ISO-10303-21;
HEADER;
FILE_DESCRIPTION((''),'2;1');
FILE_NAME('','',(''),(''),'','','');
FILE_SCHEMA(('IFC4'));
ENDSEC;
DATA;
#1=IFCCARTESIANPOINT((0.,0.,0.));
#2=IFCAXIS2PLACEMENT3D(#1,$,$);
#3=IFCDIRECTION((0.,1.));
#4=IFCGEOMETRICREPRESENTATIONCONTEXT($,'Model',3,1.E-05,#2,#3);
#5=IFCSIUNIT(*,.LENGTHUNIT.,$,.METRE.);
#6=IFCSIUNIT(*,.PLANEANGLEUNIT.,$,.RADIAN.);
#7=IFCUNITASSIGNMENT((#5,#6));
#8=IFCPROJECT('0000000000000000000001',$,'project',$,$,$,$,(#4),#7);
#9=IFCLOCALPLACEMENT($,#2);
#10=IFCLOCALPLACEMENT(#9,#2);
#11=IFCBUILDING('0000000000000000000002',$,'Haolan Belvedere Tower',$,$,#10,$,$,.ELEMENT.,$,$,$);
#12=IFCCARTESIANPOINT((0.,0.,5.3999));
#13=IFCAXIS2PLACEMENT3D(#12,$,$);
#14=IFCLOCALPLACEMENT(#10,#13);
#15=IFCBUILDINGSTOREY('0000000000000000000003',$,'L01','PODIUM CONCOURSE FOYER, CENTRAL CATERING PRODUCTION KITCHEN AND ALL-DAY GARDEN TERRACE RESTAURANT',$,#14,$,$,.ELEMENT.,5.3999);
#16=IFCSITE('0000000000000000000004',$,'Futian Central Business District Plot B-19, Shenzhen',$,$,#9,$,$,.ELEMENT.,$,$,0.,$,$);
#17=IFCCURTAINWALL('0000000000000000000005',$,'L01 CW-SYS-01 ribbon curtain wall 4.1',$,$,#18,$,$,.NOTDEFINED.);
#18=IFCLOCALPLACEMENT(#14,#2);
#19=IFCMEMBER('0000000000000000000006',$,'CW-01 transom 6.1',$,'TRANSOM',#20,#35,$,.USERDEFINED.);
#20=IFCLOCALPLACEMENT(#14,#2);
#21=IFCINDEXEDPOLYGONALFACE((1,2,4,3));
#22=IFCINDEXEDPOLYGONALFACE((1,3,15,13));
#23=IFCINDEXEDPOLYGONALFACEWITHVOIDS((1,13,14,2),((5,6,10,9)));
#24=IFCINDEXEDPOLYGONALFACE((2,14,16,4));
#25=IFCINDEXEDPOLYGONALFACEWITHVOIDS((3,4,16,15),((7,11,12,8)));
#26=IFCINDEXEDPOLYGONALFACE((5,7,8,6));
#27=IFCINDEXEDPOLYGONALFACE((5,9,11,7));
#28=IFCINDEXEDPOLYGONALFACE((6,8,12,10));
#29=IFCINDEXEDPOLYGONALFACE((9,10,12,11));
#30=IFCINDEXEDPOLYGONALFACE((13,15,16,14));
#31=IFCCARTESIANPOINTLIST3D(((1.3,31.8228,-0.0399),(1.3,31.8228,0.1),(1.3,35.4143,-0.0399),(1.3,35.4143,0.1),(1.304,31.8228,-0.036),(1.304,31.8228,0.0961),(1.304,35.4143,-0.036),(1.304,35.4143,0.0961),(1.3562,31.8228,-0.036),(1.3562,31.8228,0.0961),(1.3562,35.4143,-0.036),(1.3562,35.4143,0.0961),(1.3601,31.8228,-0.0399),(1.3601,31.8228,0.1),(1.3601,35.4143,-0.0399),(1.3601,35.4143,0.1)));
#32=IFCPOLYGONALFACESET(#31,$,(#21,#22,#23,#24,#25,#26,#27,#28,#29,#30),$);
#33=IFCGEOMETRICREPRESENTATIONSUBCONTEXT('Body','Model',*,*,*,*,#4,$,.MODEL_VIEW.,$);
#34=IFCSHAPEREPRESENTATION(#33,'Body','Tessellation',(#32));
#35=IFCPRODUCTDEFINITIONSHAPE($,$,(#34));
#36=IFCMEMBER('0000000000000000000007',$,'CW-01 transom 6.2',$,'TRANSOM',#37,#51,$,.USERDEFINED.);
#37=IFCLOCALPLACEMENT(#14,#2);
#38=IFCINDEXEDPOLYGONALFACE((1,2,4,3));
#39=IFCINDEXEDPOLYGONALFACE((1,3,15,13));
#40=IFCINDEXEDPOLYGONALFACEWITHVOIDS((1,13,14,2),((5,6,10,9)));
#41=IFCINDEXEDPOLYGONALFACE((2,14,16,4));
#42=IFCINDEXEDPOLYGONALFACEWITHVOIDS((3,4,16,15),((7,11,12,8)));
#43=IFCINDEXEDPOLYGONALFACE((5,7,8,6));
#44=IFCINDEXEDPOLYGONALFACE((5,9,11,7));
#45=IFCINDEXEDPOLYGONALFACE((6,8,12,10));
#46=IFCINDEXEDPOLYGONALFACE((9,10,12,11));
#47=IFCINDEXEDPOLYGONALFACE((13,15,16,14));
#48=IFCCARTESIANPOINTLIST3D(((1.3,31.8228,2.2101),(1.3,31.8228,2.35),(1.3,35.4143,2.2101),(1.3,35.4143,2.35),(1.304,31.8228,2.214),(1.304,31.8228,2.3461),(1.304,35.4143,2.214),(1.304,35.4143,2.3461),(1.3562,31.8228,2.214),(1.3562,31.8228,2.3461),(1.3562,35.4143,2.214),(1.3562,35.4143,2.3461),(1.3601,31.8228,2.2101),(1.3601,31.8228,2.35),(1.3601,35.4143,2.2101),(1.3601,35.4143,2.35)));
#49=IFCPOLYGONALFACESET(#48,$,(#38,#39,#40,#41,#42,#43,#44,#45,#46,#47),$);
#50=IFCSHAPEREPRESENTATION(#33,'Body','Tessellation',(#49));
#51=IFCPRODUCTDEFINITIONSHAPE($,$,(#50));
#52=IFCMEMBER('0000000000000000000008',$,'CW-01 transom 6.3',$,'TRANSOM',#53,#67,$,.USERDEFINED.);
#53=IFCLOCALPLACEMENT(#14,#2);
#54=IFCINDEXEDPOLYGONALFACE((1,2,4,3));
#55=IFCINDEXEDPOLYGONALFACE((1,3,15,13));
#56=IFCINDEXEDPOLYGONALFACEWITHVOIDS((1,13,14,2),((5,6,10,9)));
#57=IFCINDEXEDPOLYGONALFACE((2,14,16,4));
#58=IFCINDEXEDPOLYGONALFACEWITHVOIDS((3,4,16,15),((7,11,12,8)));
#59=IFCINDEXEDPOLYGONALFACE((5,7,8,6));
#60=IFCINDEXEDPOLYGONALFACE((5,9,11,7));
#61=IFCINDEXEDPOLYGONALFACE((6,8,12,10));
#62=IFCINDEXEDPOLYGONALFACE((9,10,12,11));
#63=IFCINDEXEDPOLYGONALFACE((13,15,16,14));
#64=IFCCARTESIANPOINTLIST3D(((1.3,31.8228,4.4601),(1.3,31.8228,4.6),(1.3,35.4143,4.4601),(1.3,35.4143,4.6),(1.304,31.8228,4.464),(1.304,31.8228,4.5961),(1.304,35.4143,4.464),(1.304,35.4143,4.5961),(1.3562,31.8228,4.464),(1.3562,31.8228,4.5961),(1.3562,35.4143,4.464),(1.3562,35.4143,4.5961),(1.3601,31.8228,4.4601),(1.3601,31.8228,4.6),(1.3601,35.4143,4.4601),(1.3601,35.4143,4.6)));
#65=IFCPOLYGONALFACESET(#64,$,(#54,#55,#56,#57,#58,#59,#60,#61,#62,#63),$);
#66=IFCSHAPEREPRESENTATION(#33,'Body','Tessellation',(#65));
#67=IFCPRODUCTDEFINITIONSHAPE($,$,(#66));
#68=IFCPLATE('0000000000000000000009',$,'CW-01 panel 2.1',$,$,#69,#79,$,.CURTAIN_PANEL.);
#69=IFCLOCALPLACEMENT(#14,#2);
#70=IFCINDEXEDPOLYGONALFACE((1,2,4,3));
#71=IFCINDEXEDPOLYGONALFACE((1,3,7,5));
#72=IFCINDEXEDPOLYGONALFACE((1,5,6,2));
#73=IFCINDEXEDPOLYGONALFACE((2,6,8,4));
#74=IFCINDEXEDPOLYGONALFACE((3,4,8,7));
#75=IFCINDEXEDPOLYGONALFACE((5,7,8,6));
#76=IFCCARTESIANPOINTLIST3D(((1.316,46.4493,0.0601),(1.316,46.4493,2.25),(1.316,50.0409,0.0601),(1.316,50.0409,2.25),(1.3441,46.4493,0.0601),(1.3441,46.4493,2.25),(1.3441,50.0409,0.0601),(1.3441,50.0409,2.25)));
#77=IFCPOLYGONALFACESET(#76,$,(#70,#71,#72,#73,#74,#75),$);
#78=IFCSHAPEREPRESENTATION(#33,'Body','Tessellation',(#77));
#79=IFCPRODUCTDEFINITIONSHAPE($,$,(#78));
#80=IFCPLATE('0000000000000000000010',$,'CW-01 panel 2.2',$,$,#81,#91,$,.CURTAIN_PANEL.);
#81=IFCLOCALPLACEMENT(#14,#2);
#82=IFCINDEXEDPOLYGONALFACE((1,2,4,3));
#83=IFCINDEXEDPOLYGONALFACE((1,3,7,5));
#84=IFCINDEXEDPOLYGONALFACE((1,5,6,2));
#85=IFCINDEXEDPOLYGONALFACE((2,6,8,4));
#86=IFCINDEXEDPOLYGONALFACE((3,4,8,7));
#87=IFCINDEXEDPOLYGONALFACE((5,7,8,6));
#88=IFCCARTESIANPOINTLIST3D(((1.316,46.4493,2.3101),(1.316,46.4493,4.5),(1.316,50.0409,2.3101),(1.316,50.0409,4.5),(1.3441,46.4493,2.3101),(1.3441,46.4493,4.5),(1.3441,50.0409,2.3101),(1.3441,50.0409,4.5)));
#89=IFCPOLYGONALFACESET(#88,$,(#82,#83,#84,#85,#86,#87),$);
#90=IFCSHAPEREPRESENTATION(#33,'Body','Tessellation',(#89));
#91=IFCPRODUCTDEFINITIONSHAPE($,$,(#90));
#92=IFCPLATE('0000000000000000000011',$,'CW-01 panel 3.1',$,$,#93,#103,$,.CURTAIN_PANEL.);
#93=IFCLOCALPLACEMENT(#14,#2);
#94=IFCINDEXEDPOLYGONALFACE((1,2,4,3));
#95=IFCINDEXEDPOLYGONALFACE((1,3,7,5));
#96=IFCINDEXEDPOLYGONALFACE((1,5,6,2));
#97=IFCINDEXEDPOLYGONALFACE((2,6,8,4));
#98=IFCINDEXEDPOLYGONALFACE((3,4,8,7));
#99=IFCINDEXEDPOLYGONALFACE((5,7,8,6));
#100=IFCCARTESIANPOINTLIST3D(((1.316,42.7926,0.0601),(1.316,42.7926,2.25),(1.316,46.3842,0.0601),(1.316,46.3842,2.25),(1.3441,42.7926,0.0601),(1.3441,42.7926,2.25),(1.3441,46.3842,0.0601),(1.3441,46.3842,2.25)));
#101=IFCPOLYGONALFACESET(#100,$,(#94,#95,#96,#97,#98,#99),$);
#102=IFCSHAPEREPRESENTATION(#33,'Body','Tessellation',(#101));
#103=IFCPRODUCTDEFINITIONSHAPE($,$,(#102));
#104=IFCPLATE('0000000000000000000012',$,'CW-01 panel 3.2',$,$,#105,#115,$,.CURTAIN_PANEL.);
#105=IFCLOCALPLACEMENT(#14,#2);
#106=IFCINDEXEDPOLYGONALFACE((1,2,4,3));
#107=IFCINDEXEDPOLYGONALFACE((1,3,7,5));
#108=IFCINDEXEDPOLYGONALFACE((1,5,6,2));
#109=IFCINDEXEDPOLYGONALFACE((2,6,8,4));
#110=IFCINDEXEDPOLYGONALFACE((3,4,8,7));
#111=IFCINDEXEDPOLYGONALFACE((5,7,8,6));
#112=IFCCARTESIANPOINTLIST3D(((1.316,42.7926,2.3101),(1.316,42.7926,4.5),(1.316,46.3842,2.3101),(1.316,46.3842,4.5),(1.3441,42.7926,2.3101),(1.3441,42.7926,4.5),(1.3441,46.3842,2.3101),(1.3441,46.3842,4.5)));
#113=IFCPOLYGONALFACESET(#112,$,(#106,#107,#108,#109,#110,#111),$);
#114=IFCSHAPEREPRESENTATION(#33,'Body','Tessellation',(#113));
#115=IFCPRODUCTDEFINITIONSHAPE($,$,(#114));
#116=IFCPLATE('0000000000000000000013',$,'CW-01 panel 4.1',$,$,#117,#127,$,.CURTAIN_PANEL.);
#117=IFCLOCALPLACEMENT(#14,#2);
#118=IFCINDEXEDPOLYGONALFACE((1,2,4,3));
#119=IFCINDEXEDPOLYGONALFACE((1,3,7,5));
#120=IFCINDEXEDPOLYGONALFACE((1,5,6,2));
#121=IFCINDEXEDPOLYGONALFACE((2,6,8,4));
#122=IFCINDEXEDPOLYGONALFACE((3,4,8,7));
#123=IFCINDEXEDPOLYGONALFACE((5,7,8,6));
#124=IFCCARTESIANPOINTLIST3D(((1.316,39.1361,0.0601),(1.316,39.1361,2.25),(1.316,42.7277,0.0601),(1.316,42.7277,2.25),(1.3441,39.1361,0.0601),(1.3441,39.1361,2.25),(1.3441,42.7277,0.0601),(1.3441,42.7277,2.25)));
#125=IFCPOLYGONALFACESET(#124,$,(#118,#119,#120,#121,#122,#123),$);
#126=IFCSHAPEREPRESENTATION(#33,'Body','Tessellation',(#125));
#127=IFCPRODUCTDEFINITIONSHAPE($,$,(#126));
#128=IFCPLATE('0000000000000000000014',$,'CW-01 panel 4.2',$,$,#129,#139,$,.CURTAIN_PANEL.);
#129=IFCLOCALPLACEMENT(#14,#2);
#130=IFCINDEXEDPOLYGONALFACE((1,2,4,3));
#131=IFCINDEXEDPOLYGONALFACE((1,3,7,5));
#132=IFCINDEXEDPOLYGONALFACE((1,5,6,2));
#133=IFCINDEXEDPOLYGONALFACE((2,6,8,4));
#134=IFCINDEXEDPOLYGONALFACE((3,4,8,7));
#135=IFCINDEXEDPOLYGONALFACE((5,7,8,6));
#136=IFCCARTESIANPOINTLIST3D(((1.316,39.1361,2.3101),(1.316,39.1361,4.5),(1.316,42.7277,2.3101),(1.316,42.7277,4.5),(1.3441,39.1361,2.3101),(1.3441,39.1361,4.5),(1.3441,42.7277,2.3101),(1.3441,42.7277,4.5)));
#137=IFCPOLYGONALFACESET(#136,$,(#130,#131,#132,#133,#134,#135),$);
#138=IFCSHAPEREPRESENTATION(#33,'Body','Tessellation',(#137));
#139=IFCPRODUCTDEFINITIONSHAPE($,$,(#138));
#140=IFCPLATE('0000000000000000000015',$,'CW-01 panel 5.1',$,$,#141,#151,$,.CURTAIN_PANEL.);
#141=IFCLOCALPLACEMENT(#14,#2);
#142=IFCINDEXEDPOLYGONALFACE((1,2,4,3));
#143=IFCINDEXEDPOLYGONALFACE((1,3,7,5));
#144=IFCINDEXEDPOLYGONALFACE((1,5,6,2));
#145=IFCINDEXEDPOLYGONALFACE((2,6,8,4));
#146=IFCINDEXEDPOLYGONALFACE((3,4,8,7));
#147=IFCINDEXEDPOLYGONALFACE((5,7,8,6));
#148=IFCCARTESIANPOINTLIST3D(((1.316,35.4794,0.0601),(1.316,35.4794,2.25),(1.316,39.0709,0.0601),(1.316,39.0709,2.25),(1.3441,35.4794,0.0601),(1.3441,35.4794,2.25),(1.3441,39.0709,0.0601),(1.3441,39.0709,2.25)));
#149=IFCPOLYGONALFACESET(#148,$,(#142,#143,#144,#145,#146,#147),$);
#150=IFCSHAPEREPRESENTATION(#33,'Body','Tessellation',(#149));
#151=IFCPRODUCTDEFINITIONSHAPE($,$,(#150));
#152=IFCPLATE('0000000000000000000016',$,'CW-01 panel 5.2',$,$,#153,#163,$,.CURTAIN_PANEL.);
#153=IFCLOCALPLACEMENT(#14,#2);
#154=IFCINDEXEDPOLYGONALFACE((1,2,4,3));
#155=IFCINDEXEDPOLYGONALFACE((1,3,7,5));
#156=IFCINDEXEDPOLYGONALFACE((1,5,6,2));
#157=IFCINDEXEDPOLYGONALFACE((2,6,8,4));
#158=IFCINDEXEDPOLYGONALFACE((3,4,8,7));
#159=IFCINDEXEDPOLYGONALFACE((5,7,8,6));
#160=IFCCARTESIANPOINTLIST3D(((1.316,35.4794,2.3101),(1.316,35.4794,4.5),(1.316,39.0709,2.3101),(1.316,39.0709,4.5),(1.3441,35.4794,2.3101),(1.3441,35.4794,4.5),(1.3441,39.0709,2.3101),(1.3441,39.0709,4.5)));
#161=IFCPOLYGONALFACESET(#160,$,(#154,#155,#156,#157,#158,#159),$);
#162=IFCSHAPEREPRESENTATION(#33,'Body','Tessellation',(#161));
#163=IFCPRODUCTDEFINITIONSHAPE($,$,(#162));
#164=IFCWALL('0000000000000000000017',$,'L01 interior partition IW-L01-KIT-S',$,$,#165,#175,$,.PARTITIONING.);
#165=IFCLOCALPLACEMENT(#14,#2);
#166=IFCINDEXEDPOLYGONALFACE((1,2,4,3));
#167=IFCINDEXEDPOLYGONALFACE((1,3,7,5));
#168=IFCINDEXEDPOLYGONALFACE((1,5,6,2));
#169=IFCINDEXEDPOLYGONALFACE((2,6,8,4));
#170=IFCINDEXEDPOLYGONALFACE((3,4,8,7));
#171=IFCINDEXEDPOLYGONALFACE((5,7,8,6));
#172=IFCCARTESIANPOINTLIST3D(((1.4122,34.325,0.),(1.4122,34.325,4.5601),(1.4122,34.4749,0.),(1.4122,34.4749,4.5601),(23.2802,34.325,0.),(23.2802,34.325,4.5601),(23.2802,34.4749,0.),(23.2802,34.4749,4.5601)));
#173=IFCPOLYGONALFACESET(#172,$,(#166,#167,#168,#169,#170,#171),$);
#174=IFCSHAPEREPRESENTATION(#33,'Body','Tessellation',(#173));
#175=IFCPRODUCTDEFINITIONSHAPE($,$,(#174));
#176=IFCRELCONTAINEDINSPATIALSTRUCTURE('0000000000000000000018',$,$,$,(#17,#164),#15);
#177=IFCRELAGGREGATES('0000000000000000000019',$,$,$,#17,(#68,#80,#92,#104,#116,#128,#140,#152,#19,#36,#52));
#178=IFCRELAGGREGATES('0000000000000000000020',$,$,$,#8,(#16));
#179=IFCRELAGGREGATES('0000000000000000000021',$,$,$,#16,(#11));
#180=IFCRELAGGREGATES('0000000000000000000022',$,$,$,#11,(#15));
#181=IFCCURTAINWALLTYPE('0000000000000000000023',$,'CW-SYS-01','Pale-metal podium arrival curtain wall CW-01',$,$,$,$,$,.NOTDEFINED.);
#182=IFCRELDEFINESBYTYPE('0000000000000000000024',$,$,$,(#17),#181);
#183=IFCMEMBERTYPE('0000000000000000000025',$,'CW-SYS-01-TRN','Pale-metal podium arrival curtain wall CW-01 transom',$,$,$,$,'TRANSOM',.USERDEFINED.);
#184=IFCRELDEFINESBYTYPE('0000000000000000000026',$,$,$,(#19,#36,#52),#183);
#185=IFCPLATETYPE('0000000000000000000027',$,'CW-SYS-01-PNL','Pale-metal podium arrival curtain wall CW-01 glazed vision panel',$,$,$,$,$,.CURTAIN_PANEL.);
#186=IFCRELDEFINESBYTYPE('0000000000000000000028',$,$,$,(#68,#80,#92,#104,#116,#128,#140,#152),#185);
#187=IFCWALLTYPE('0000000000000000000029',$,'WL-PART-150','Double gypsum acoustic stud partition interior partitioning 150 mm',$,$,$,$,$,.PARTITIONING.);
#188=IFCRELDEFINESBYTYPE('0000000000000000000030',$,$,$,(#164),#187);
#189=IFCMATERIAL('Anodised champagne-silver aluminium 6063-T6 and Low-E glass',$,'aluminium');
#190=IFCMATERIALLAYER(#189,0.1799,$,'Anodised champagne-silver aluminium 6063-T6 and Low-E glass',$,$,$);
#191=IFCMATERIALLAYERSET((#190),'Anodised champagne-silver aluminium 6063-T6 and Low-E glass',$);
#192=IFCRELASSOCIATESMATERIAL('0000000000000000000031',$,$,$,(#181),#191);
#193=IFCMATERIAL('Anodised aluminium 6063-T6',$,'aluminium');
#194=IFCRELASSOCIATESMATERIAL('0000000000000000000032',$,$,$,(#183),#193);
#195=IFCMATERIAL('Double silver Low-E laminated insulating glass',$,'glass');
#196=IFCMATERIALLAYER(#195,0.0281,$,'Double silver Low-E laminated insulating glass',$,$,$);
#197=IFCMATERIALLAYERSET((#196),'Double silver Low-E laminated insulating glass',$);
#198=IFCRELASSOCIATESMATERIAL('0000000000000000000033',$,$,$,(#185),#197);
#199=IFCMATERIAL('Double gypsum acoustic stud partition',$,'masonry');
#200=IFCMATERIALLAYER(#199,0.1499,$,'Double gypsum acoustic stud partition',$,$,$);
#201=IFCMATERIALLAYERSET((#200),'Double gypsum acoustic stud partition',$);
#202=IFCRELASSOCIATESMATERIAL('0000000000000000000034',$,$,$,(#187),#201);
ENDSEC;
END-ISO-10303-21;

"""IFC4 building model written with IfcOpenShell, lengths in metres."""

from ifc_helpers import new_model, si_unit, direction, frame, frame_2d, origin, origin_2d, place, context, subcontext, project, spatial, rectangle, hollow_rectangle, extrude, material, layer, layer_set, material_profile, profile_set, type_object, element, aggregate, save


model = new_model("IFC4")

# Units and contexts
model_context = context("Model", 3, precision=1e-05, world=origin(), true_north=direction((0.0, 1.0)))
body_context = subcontext(model_context, "Body", "Model", "MODEL_VIEW")
ifc_project = project(units=[si_unit("LENGTHUNIT", "METRE"), si_unit("PLANEANGLEUNIT", "RADIAN")], contexts=[model_context])

# Site, building, storey
site_placement = place(None, origin())
site = spatial("IfcSite", under=ifc_project, at=site_placement, Name="Futian Central Business District Plot B-19, Shenzhen", CompositionType="ELEMENT", RefElevation=0.0)
building_placement = place(site_placement, origin())
building = spatial("IfcBuilding", under=site, at=building_placement, Name="Haolan Belvedere Tower", CompositionType="ELEMENT")
storey_placement = place(building_placement, frame((0.0, 0.0, 5.3999)))
storey = spatial("IfcBuildingStorey", under=building, at=storey_placement, Name="L01", Description="PODIUM CONCOURSE FOYER, CENTRAL CATERING PRODUCTION KITCHEN AND ALL-DAY GARDEN TERRACE RESTAURANT", CompositionType="ELEMENT", Elevation=5.3999)

# Curtain wall, members, plates
ifc_material_1 = material(Name="Anodised champagne-silver aluminium 6063-T6 and Low-E glass", Category="aluminium")
ifc_layer_1 = layer(ifc_material_1, 0.1799, Name="Anodised champagne-silver aluminium 6063-T6 and Low-E glass")
ifc_layer_set_1 = layer_set([ifc_layer_1], Name="Anodised champagne-silver aluminium 6063-T6 and Low-E glass")
curtain_wall_type = type_object("IfcCurtainWallType", Name="CW-SYS-01", Description="Pale-metal podium arrival curtain wall CW-01", PredefinedType="NOTDEFINED", material=ifc_layer_set_1)
curtain_wall_placement = place(storey_placement, origin())
curtain_wall = element("IfcCurtainWall", 1, at=curtain_wall_placement, inside=storey, type_object=curtain_wall_type, Name="L01 CW-SYS-01 ribbon curtain wall 4.1", PredefinedType="NOTDEFINED")
ifc_material_2 = material(Name="Anodised aluminium 6063-T6", Category="aluminium")
ifc_material_profile_1 = material_profile(ifc_material_2, hollow_rectangle(XDim=0.0601, YDim=0.1399, WallThickness=0.0039, at=origin_2d()), Name="Anodised aluminium 6063-T6")
ifc_profile_set_1 = profile_set([ifc_material_profile_1], Name="Anodised aluminium 6063-T6")
member_type_1 = type_object("IfcMemberType", Name="CW-SYS-01-TRN", Description="Pale-metal podium arrival curtain wall CW-01 transom", ElementType="TRANSOM", PredefinedType="USERDEFINED", material=ifc_profile_set_1)
member_1_placement = place(storey_placement, frame((1.3301, 35.4143, 0.03), z_axis=(0.0, -1.0, 0.0), x_axis=(1.0, 0.0, 0.0)))
member_1 = element("IfcMember", 2, at=member_1_placement, type_object=member_type_1, Name="CW-01 transom 6.1", ObjectType="TRANSOM", PredefinedType="USERDEFINED", context=body_context, shape_type="SweptSolid", body=[
    extrude(hollow_rectangle(XDim=0.0601, YDim=0.1399, WallThickness=0.0039, at=origin_2d()), origin(), (0.0, 0.0, 1.0), 3.5916),
])
member_2_placement = place(storey_placement, frame((1.3301, 35.4143, 2.28), z_axis=(0.0, -1.0, 0.0), x_axis=(1.0, 0.0, 0.0)))
member_2 = element("IfcMember", 3, at=member_2_placement, type_object=member_type_1, Name="CW-01 transom 6.2", ObjectType="TRANSOM", PredefinedType="USERDEFINED", context=body_context, shape_type="SweptSolid", body=[
    extrude(hollow_rectangle(XDim=0.0601, YDim=0.1399, WallThickness=0.0039, at=origin_2d()), origin(), (0.0, 0.0, 1.0), 3.5916),
])
member_3_placement = place(storey_placement, frame((1.3301, 35.4143, 4.53), z_axis=(0.0, -1.0, 0.0), x_axis=(1.0, 0.0, 0.0)))
member_3 = element("IfcMember", 4, at=member_3_placement, type_object=member_type_1, Name="CW-01 transom 6.3", ObjectType="TRANSOM", PredefinedType="USERDEFINED", context=body_context, shape_type="SweptSolid", body=[
    extrude(hollow_rectangle(XDim=0.0601, YDim=0.1399, WallThickness=0.0039, at=origin_2d()), origin(), (0.0, 0.0, 1.0), 3.5916),
])
ifc_material_3 = material(Name="Double silver Low-E laminated insulating glass", Category="glass")
ifc_layer_2 = layer(ifc_material_3, 0.0281, Name="Double silver Low-E laminated insulating glass")
ifc_layer_set_2 = layer_set([ifc_layer_2], Name="Double silver Low-E laminated insulating glass")
plate_type = type_object("IfcPlateType", Name="CW-SYS-01-PNL", Description="Pale-metal podium arrival curtain wall CW-01 glazed vision panel", PredefinedType="CURTAIN_PANEL", material=ifc_layer_set_2)
plate_1_placement = place(storey_placement, frame((1.3301, 48.2451, 0.0601), z_axis=(0.0, 0.0, 1.0), x_axis=(0.0, -1.0, 0.0)))
plate_1 = element("IfcPlate", 5, at=plate_1_placement, type_object=plate_type, Name="CW-01 panel 2.1", PredefinedType="CURTAIN_PANEL", context=body_context, shape_type="SweptSolid", body=[
    extrude(rectangle(XDim=3.5916, YDim=0.0281, at=origin_2d()), origin(), (0.0, 0.0, 1.0), 2.1899),
])
plate_2_placement = place(storey_placement, frame((1.3301, 48.2451, 2.3101), z_axis=(0.0, 0.0, 1.0), x_axis=(0.0, -1.0, 0.0)))
plate_2 = element("IfcPlate", 6, at=plate_2_placement, type_object=plate_type, Name="CW-01 panel 2.2", PredefinedType="CURTAIN_PANEL", context=body_context, shape_type="SweptSolid", body=[
    extrude(rectangle(XDim=3.5916, YDim=0.0281, at=origin_2d()), origin(), (0.0, 0.0, 1.0), 2.1899),
])
plate_3_placement = place(storey_placement, frame((1.3301, 44.5884, 0.0601), z_axis=(0.0, 0.0, 1.0), x_axis=(0.0, -1.0, 0.0)))
plate_3 = element("IfcPlate", 7, at=plate_3_placement, type_object=plate_type, Name="CW-01 panel 3.1", PredefinedType="CURTAIN_PANEL", context=body_context, shape_type="SweptSolid", body=[
    extrude(rectangle(XDim=3.5916, YDim=0.0281, at=origin_2d()), origin(), (0.0, 0.0, 1.0), 2.1899),
])
plate_4_placement = place(storey_placement, frame((1.3301, 44.5884, 2.3101), z_axis=(0.0, 0.0, 1.0), x_axis=(0.0, -1.0, 0.0)))
plate_4 = element("IfcPlate", 8, at=plate_4_placement, type_object=plate_type, Name="CW-01 panel 3.2", PredefinedType="CURTAIN_PANEL", context=body_context, shape_type="SweptSolid", body=[
    extrude(rectangle(XDim=3.5916, YDim=0.0281, at=origin_2d()), origin(), (0.0, 0.0, 1.0), 2.1899),
])
plate_5_placement = place(storey_placement, frame((1.3301, 40.9319, 0.0601), z_axis=(0.0, 0.0, 1.0), x_axis=(0.0, -1.0, 0.0)))
plate_5 = element("IfcPlate", 9, at=plate_5_placement, type_object=plate_type, Name="CW-01 panel 4.1", PredefinedType="CURTAIN_PANEL", context=body_context, shape_type="SweptSolid", body=[
    extrude(rectangle(XDim=3.5916, YDim=0.0281, at=origin_2d()), origin(), (0.0, 0.0, 1.0), 2.1899),
])
plate_6_placement = place(storey_placement, frame((1.3301, 40.9319, 2.3101), z_axis=(0.0, 0.0, 1.0), x_axis=(0.0, -1.0, 0.0)))
plate_6 = element("IfcPlate", 10, at=plate_6_placement, type_object=plate_type, Name="CW-01 panel 4.2", PredefinedType="CURTAIN_PANEL", context=body_context, shape_type="SweptSolid", body=[
    extrude(rectangle(XDim=3.5916, YDim=0.0281, at=origin_2d()), origin(), (0.0, 0.0, 1.0), 2.1899),
])
plate_7_placement = place(storey_placement, frame((1.3301, 37.2751, 0.0601), z_axis=(0.0, 0.0, 1.0), x_axis=(0.0, -1.0, 0.0)))
plate_7 = element("IfcPlate", 11, at=plate_7_placement, type_object=plate_type, Name="CW-01 panel 5.1", PredefinedType="CURTAIN_PANEL", context=body_context, shape_type="SweptSolid", body=[
    extrude(rectangle(XDim=3.5916, YDim=0.0281, at=origin_2d()), origin(), (0.0, 0.0, 1.0), 2.1899),
])
plate_8_placement = place(storey_placement, frame((1.3301, 37.2751, 2.3101), z_axis=(0.0, 0.0, 1.0), x_axis=(0.0, -1.0, 0.0)))
plate_8 = element("IfcPlate", 12, at=plate_8_placement, type_object=plate_type, Name="CW-01 panel 5.2", PredefinedType="CURTAIN_PANEL", context=body_context, shape_type="SweptSolid", body=[
    extrude(rectangle(XDim=3.5916, YDim=0.0281, at=origin_2d()), origin(), (0.0, 0.0, 1.0), 2.1899),
])
aggregate(curtain_wall, [plate_1, plate_2, plate_3, plate_4, plate_5, plate_6, plate_7, plate_8, member_1, member_2, member_3])

# Wall
ifc_material_4 = material(Name="Double gypsum acoustic stud partition", Category="masonry")
ifc_layer_3 = layer(ifc_material_4, 0.1499, Name="Double gypsum acoustic stud partition")
ifc_layer_set_3 = layer_set([ifc_layer_3], Name="Double gypsum acoustic stud partition")
wall_type = type_object("IfcWallType", Name="WL-PART-150", Description="Double gypsum acoustic stud partition interior partitioning 150 mm", PredefinedType="PARTITIONING", material=ifc_layer_set_3)
wall_placement = place(storey_placement, frame((1.4121, 34.3999, 0.0), z_axis=(0.0, 0.0, 1.0), x_axis=(1.0, 0.0, 0.0)))
element("IfcWall", 13, at=wall_placement, inside=storey, type_object=wall_type, Name="L01 interior partition IW-L01-KIT-S", PredefinedType="PARTITIONING", context=body_context, shape_type="SweptSolid", body=[
    extrude(rectangle(XDim=21.8679, YDim=0.1499, at=frame_2d((10.9341, 0.0))), origin(), (0.0, 0.0, 1.0), 4.5601),
])

save(model, "model.ifc")
